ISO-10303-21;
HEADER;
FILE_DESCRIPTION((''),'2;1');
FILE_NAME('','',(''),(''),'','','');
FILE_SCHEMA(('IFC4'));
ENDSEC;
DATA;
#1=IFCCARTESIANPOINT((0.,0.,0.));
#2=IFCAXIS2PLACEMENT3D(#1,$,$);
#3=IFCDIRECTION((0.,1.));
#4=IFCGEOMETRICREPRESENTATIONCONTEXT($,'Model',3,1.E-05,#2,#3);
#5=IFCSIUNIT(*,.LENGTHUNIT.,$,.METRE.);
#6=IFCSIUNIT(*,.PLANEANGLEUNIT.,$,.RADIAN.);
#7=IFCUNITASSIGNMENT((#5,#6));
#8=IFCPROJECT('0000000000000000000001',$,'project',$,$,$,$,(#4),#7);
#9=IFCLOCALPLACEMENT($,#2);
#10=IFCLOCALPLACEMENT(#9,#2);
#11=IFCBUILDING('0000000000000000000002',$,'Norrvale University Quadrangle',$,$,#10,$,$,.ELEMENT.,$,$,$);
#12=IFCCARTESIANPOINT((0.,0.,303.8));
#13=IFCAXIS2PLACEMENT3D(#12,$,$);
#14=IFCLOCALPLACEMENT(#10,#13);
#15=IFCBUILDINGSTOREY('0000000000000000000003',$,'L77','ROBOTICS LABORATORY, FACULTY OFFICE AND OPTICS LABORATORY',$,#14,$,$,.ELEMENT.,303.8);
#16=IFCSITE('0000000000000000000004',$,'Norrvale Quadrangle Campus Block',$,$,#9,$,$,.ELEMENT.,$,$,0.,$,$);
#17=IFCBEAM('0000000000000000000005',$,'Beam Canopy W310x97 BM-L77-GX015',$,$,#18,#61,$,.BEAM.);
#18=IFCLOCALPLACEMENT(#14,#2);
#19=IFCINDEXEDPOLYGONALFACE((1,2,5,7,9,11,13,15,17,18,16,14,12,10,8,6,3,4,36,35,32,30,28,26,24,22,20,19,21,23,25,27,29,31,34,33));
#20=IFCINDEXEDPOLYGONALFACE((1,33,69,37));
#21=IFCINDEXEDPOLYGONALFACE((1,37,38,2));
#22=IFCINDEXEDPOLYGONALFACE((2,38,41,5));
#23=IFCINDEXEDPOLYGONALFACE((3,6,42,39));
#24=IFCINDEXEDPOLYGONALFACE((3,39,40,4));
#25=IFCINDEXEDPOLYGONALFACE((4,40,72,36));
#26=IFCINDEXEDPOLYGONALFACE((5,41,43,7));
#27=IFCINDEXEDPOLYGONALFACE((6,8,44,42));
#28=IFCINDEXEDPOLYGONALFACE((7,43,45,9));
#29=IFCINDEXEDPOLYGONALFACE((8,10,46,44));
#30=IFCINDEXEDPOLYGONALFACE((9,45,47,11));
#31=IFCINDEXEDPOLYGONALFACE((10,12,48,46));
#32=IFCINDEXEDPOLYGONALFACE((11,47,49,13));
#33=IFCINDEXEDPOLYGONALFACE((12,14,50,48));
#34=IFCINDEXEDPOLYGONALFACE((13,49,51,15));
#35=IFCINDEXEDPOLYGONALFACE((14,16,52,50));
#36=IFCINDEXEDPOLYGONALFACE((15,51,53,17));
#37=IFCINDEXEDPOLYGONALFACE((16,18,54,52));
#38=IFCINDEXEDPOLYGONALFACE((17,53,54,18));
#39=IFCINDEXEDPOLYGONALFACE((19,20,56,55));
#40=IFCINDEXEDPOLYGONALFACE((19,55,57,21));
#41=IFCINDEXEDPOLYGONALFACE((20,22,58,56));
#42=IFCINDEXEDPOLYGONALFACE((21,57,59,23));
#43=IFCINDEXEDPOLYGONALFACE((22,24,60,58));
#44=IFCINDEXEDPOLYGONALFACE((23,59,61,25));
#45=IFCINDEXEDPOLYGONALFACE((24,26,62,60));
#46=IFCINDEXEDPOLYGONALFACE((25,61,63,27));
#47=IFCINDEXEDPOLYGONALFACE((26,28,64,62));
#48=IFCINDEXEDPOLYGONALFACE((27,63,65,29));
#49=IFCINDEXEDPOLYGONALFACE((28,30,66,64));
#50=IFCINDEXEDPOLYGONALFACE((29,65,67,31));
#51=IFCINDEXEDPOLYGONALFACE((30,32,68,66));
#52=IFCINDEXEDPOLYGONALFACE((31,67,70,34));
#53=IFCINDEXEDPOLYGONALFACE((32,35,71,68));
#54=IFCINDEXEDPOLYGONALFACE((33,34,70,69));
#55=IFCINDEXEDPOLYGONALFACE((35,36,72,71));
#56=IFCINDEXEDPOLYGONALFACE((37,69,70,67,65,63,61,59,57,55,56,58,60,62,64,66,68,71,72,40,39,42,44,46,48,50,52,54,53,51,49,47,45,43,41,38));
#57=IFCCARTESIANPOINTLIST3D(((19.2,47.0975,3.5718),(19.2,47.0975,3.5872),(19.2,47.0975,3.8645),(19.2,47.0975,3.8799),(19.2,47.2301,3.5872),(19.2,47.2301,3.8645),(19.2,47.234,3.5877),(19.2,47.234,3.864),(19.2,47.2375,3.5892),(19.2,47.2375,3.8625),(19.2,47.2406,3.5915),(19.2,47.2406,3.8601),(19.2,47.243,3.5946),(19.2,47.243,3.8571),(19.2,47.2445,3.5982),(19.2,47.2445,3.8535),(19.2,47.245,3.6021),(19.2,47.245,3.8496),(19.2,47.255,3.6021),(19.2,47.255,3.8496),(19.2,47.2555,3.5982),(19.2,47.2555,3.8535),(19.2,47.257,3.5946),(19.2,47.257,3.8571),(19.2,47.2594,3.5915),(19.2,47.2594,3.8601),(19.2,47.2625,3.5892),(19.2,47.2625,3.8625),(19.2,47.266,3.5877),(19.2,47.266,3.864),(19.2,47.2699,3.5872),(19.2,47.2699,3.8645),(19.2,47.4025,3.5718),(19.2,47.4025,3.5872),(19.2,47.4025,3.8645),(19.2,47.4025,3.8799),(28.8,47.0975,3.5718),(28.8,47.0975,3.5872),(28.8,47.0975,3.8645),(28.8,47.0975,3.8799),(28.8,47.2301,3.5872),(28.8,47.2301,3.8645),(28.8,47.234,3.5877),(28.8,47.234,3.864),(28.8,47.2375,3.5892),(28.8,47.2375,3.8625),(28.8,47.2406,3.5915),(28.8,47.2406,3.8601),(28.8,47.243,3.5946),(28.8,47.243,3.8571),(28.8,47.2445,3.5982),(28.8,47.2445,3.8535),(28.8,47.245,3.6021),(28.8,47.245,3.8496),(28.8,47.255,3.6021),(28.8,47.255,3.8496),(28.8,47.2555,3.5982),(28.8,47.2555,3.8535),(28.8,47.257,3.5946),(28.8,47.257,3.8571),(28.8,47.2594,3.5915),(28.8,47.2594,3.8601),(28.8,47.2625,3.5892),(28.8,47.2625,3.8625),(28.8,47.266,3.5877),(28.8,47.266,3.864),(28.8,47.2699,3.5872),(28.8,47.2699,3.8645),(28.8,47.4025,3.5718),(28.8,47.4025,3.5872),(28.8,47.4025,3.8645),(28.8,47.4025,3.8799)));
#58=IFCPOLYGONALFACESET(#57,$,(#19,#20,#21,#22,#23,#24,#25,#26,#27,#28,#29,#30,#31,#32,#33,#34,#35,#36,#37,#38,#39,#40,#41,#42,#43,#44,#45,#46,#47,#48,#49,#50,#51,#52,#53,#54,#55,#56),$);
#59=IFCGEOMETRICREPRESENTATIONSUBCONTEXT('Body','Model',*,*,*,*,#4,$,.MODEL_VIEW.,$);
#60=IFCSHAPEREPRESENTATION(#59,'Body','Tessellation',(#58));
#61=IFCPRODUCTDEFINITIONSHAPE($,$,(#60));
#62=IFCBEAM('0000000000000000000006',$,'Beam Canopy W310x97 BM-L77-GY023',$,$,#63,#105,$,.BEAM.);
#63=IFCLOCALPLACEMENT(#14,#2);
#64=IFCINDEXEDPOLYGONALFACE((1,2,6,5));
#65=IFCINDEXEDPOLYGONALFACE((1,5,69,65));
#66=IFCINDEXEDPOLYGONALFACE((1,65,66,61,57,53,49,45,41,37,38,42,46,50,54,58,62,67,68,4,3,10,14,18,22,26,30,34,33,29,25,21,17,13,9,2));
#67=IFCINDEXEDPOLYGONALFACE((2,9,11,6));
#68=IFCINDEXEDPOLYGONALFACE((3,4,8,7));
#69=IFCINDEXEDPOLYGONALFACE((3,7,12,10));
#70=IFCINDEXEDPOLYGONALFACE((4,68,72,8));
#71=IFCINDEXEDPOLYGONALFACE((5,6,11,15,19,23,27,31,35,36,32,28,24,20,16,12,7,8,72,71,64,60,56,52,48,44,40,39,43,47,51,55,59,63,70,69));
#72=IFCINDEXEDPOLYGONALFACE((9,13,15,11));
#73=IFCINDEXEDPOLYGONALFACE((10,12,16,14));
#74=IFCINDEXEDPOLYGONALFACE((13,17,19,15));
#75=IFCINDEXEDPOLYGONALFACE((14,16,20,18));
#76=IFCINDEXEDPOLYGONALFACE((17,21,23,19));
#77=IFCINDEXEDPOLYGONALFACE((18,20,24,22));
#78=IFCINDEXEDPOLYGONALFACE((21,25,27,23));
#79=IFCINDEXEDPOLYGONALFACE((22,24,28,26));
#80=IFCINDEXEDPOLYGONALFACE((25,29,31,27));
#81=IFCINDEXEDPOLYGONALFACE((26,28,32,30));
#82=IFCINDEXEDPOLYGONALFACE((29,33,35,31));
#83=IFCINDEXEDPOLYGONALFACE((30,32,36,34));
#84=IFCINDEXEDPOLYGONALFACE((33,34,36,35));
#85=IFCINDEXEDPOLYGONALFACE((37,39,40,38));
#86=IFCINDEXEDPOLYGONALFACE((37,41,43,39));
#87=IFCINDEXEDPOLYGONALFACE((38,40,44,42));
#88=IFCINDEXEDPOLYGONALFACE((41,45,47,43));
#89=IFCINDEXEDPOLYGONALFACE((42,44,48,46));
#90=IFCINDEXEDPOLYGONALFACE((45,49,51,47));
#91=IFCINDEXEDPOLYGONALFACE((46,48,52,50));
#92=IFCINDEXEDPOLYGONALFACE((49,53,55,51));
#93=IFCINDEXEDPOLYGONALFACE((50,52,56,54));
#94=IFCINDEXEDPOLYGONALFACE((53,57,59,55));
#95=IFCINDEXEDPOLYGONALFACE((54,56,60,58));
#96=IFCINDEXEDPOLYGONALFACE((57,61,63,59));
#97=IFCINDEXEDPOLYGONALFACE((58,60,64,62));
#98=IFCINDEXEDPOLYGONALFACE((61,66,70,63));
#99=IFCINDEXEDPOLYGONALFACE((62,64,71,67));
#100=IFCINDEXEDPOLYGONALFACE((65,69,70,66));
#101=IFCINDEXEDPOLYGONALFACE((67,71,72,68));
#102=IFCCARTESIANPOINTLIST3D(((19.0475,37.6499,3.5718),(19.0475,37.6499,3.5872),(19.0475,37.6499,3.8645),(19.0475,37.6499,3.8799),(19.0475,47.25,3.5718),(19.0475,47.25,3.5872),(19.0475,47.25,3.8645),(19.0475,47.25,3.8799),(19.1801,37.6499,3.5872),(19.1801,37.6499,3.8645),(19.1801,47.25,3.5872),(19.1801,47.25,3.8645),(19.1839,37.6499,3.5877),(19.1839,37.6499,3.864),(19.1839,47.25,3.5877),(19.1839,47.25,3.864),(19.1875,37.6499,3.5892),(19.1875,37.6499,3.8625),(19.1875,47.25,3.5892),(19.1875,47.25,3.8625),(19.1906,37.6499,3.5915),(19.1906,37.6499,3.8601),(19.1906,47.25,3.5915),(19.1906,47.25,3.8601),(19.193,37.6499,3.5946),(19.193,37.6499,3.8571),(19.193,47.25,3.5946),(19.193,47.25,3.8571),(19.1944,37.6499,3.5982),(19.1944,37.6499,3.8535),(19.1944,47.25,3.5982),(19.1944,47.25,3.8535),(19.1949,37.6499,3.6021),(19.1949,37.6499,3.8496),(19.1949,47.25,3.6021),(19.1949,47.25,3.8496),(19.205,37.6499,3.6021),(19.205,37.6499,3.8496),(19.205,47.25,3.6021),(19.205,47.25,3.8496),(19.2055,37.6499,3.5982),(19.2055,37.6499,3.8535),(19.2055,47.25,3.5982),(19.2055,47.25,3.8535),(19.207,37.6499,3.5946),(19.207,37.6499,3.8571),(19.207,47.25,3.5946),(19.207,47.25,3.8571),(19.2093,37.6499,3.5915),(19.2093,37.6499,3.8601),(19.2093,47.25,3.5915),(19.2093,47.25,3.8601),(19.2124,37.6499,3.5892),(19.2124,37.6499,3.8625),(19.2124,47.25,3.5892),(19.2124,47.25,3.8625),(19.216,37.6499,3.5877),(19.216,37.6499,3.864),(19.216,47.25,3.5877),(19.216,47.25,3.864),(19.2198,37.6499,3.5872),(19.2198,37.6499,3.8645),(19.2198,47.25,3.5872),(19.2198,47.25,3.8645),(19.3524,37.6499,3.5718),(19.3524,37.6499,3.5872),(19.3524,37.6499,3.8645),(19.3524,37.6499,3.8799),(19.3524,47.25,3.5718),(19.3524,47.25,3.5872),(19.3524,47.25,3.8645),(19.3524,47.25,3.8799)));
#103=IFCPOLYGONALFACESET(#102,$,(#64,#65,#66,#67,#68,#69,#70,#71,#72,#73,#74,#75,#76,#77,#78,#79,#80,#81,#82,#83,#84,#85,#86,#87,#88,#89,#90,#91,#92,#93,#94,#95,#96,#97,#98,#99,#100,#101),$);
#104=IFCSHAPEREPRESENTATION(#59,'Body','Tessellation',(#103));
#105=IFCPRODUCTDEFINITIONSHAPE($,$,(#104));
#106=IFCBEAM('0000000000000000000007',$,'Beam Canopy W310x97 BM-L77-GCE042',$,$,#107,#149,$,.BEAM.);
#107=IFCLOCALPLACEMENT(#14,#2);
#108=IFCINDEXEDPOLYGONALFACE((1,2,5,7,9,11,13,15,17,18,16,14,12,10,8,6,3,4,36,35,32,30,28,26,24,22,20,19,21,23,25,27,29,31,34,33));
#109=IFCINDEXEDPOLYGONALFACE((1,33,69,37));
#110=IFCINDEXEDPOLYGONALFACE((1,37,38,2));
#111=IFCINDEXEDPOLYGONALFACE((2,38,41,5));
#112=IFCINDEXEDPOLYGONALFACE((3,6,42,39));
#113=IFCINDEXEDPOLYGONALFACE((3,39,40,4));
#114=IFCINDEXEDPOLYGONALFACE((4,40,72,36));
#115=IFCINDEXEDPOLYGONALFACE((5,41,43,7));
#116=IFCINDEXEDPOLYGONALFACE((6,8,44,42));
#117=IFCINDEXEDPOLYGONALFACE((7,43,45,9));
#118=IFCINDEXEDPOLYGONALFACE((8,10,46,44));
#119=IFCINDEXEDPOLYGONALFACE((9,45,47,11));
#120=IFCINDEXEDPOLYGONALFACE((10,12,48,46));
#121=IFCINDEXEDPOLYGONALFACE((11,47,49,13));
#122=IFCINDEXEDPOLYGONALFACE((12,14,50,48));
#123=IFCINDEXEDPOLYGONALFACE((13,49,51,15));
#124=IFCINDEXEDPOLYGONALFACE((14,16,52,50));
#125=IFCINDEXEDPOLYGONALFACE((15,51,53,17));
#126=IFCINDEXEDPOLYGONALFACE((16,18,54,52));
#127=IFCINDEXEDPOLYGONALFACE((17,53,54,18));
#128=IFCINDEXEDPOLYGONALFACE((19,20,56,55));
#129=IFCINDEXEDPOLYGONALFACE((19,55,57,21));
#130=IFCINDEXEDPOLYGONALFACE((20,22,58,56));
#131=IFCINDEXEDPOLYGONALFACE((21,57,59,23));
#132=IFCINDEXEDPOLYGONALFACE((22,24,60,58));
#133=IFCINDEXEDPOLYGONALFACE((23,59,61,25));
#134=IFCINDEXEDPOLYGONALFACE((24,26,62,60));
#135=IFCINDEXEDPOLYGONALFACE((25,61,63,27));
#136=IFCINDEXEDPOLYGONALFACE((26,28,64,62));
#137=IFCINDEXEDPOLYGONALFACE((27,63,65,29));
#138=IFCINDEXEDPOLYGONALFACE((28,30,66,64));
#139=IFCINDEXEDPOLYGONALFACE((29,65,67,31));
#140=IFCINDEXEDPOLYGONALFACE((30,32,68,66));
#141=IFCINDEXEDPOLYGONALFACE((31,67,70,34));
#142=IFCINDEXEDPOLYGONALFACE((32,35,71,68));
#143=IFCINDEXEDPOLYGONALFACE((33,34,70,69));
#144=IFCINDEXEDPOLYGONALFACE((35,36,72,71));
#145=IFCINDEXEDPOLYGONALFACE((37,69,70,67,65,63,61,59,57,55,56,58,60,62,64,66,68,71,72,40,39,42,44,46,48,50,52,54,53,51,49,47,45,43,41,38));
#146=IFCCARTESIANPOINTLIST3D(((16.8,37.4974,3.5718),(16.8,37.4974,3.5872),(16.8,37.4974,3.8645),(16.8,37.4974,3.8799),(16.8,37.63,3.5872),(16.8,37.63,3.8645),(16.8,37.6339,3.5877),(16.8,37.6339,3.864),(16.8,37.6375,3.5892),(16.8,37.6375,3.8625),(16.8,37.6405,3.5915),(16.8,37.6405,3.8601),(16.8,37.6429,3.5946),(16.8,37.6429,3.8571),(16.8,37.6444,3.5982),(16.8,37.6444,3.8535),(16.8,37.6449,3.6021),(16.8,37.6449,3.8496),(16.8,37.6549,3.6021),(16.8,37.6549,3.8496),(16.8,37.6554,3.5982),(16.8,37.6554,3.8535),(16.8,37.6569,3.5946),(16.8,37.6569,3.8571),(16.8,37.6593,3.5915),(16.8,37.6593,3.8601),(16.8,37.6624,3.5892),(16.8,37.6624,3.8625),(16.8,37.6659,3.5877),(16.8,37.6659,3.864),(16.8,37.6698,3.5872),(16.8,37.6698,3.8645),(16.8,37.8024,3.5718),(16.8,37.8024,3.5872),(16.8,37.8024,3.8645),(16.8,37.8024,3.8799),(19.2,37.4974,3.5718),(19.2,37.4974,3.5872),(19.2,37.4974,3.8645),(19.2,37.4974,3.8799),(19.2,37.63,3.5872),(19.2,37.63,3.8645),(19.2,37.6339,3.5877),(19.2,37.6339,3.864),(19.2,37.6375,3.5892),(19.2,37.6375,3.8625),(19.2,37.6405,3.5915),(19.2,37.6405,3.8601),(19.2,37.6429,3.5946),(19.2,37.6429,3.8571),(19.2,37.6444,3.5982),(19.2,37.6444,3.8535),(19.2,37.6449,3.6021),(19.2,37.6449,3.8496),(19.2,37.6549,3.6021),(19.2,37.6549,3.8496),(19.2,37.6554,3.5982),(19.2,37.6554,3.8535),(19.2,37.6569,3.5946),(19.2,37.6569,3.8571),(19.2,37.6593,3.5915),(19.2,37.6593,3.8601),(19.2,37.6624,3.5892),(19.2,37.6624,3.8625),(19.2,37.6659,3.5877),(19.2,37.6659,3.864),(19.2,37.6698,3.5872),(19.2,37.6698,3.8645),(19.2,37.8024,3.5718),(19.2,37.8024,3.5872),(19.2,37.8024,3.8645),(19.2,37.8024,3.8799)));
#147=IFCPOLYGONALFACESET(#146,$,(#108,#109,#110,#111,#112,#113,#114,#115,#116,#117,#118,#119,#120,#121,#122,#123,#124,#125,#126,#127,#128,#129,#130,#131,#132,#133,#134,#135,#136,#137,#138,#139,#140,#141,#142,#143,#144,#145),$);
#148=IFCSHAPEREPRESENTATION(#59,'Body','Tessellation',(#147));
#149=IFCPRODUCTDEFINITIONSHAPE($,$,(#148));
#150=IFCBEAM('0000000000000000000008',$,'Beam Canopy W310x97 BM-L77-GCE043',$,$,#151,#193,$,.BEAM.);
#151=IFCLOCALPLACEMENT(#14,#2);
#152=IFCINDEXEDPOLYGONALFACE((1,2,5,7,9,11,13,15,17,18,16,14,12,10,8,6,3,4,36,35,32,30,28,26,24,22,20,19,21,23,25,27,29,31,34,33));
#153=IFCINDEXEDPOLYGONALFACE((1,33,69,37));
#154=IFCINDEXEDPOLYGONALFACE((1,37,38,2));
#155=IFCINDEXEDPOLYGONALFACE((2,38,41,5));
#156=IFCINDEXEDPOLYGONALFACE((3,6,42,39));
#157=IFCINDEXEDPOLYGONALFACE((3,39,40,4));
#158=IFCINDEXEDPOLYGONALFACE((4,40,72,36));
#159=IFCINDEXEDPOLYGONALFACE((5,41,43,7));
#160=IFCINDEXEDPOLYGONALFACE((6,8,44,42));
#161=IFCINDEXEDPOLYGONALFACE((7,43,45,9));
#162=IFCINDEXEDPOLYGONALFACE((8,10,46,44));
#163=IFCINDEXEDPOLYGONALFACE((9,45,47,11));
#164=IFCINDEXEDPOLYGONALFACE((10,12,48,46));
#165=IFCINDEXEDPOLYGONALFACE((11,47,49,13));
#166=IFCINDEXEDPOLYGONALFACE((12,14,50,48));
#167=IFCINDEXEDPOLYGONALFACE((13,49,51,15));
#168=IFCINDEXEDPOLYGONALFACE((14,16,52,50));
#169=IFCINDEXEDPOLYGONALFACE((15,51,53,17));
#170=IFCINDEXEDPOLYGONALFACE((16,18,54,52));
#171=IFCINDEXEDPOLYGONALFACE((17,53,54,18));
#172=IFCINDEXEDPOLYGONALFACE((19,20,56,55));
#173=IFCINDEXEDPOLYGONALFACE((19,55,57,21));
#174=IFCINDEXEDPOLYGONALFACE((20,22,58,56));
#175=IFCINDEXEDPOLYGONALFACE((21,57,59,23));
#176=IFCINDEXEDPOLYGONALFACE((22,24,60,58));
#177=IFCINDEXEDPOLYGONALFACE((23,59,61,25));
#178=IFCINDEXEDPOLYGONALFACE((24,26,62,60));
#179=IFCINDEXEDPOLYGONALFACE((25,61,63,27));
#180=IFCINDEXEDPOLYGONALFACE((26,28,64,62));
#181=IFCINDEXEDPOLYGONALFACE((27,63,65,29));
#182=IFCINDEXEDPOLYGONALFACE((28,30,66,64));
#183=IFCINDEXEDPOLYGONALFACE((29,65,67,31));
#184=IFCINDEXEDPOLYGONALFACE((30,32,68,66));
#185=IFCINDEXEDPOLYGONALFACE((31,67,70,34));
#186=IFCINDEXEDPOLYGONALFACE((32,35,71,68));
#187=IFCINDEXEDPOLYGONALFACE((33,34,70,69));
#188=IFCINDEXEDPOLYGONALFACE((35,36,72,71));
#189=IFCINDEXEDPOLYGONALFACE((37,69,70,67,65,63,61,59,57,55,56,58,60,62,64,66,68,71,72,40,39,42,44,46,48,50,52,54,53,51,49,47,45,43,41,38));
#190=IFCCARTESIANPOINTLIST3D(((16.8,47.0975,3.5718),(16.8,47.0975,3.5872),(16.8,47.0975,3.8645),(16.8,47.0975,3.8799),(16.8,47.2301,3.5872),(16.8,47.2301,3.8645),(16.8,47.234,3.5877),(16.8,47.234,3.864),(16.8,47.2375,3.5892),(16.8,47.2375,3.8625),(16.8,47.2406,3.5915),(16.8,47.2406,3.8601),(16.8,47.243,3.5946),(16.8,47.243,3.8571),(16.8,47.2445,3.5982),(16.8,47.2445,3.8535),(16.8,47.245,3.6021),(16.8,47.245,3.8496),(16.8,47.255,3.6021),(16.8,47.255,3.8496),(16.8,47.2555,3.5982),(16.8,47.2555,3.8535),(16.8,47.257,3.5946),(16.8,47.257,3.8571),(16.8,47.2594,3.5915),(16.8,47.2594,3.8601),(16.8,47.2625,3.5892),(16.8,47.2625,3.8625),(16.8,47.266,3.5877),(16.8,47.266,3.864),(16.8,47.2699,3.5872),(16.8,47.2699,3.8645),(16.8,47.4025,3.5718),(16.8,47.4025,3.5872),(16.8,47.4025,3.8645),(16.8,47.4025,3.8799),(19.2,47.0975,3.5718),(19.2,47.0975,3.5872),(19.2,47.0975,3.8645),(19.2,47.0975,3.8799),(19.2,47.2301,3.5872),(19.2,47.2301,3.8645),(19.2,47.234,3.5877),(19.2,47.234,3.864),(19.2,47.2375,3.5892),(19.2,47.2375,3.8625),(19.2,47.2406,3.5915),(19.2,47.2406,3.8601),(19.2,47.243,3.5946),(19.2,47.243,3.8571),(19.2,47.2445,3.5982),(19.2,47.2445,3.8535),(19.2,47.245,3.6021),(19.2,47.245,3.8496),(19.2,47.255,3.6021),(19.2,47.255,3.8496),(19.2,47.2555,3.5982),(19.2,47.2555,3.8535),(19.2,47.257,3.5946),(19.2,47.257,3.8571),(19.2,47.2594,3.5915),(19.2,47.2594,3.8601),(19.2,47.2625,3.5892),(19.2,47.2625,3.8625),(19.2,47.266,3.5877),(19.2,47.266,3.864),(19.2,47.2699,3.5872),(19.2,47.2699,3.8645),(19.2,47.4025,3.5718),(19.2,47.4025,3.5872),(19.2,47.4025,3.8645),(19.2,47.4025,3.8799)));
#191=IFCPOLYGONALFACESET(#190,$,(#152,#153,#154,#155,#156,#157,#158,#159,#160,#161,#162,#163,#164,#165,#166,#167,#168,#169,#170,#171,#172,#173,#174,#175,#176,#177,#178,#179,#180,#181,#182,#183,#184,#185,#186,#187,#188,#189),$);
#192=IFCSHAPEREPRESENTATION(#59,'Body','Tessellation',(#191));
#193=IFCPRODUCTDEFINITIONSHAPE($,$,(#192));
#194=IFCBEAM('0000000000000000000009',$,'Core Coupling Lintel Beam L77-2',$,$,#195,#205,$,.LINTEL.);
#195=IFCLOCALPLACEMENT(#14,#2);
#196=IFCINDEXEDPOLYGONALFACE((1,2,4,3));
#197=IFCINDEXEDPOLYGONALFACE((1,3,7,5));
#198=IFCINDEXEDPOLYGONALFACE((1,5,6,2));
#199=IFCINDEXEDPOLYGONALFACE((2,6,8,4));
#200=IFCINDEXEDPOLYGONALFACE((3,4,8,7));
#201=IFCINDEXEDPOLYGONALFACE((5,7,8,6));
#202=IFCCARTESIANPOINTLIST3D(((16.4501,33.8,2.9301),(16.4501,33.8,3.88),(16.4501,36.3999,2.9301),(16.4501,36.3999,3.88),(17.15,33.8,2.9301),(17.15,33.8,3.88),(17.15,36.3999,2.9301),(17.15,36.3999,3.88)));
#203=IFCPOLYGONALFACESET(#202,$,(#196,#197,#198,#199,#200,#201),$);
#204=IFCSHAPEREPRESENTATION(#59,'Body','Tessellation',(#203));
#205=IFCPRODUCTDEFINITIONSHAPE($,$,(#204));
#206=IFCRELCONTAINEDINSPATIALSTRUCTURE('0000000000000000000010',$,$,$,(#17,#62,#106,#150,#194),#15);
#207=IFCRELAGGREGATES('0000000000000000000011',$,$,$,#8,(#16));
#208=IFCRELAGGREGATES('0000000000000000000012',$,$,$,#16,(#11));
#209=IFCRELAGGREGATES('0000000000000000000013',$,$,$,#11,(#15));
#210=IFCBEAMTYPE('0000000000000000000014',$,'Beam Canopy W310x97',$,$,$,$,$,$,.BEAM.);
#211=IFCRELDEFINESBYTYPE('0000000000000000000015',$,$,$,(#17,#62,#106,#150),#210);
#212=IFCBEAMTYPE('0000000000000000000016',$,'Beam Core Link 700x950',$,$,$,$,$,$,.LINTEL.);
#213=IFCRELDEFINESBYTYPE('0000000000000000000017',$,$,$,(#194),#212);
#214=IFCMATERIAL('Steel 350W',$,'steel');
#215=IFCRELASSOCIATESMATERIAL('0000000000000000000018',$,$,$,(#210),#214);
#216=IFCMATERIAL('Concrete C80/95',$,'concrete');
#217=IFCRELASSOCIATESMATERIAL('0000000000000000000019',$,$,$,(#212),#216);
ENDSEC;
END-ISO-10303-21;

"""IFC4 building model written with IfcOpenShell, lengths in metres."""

from ifc_helpers import new_model, si_unit, direction, frame, origin, origin_2d, place, context, subcontext, project, spatial, rectangle, i_section, extrude, material, material_profile, profile_set, type_object, element, save


model = new_model("IFC4")

# Units and contexts
model_context = context("Model", 3, precision=1e-05, world=origin(), true_north=direction((0.0, 1.0)))
body_context = subcontext(model_context, "Body", "Model", "MODEL_VIEW")
ifc_project = project(units=[si_unit("LENGTHUNIT", "METRE"), si_unit("PLANEANGLEUNIT", "RADIAN")], contexts=[model_context])

# Site, building, storey
site_placement = place(None, origin())
site = spatial("IfcSite", under=ifc_project, at=site_placement, Name="Norrvale Quadrangle Campus Block", CompositionType="ELEMENT", RefElevation=0.0)
building_placement = place(site_placement, origin())
building = spatial("IfcBuilding", under=site, at=building_placement, Name="Norrvale University Quadrangle", CompositionType="ELEMENT")
storey_placement = place(building_placement, frame((0.0, 0.0, 303.8)))
storey = spatial("IfcBuildingStorey", under=building, at=storey_placement, Name="L77", Description="ROBOTICS LABORATORY, FACULTY OFFICE AND OPTICS LABORATORY", CompositionType="ELEMENT", Elevation=303.8)

# Beams
ifc_material_1 = material(Name="Steel 350W", Category="steel")
ifc_material_profile_1 = material_profile(ifc_material_1, i_section(OverallWidth=0.3049, OverallDepth=0.3081, WebThickness=0.01, FlangeThickness=0.0154, FilletRadius=0.0149, at=origin_2d()), Name="Steel 350W")
ifc_profile_set_1 = profile_set([ifc_material_profile_1], Name="Steel 350W")
beam_type_1 = type_object("IfcBeamType", Name="Beam Canopy W310x97", PredefinedType="BEAM", material=ifc_profile_set_1)
for number, where, z_axis, x_axis, name in (
    (1, (19.2, 47.25, 3.7258), (1.0, 0.0, 0.0), (0.0, 1.0, 0.0), "Beam Canopy W310x97 BM-L77-GX015"),
    (2, (19.2, 37.6499, 3.7258), (0.0, 1.0, 0.0), (-1.0, 0.0, 0.0), "Beam Canopy W310x97 BM-L77-GY023"),
):
    element("IfcBeam", number, at=place(storey_placement, frame(where, z_axis=z_axis, x_axis=x_axis)), inside=storey, type_object=beam_type_1, Name=name, PredefinedType="BEAM", context=body_context, shape_type="SweptSolid", body=[
        extrude(i_section(OverallWidth=0.3049, OverallDepth=0.3081, WebThickness=0.01, FlangeThickness=0.0154, FilletRadius=0.0149, at=origin_2d()), origin(), (0.0, 0.0, 1.0), 9.6001),
    ])
for number, where, z_axis, x_axis, name in (
    (3, (16.8, 37.6499, 3.7258), (1.0, 0.0, 0.0), (0.0, 1.0, 0.0), "Beam Canopy W310x97 BM-L77-GCE042"),
    (4, (16.8, 47.25, 3.7258), (1.0, 0.0, 0.0), (0.0, 1.0, 0.0), "Beam Canopy W310x97 BM-L77-GCE043"),
):
    element("IfcBeam", number, at=place(storey_placement, frame(where, z_axis=z_axis, x_axis=x_axis)), inside=storey, type_object=beam_type_1, Name=name, PredefinedType="BEAM", context=body_context, shape_type="SweptSolid", body=[
        extrude(i_section(OverallWidth=0.3049, OverallDepth=0.3081, WebThickness=0.01, FlangeThickness=0.0154, FilletRadius=0.0149, at=origin_2d()), origin(), (0.0, 0.0, 1.0), 2.3999),
    ])
ifc_material_2 = material(Name="Concrete C80/95", Category="concrete")
ifc_material_profile_2 = material_profile(ifc_material_2, rectangle(XDim=0.7, YDim=0.95, at=origin_2d()), Name="Concrete C80/95")
ifc_profile_set_2 = profile_set([ifc_material_profile_2], Name="Concrete C80/95")
beam_type_2 = type_object("IfcBeamType", Name="Beam Core Link 700x950", PredefinedType="LINTEL", material=ifc_profile_set_2)
beam_1_placement = place(storey_placement, frame((16.8, 33.8, 3.405), z_axis=(0.0, 1.0, 0.0), x_axis=(-1.0, 0.0, 0.0)))
element("IfcBeam", 5, at=beam_1_placement, inside=storey, type_object=beam_type_2, Name="Core Coupling Lintel Beam L77-2", PredefinedType="LINTEL", context=body_context, shape_type="SweptSolid", body=[
    extrude(rectangle(XDim=0.7, YDim=0.95, at=origin_2d()), origin(), (0.0, 0.0, 1.0), 2.5999),
])

save(model, "model.ifc")
